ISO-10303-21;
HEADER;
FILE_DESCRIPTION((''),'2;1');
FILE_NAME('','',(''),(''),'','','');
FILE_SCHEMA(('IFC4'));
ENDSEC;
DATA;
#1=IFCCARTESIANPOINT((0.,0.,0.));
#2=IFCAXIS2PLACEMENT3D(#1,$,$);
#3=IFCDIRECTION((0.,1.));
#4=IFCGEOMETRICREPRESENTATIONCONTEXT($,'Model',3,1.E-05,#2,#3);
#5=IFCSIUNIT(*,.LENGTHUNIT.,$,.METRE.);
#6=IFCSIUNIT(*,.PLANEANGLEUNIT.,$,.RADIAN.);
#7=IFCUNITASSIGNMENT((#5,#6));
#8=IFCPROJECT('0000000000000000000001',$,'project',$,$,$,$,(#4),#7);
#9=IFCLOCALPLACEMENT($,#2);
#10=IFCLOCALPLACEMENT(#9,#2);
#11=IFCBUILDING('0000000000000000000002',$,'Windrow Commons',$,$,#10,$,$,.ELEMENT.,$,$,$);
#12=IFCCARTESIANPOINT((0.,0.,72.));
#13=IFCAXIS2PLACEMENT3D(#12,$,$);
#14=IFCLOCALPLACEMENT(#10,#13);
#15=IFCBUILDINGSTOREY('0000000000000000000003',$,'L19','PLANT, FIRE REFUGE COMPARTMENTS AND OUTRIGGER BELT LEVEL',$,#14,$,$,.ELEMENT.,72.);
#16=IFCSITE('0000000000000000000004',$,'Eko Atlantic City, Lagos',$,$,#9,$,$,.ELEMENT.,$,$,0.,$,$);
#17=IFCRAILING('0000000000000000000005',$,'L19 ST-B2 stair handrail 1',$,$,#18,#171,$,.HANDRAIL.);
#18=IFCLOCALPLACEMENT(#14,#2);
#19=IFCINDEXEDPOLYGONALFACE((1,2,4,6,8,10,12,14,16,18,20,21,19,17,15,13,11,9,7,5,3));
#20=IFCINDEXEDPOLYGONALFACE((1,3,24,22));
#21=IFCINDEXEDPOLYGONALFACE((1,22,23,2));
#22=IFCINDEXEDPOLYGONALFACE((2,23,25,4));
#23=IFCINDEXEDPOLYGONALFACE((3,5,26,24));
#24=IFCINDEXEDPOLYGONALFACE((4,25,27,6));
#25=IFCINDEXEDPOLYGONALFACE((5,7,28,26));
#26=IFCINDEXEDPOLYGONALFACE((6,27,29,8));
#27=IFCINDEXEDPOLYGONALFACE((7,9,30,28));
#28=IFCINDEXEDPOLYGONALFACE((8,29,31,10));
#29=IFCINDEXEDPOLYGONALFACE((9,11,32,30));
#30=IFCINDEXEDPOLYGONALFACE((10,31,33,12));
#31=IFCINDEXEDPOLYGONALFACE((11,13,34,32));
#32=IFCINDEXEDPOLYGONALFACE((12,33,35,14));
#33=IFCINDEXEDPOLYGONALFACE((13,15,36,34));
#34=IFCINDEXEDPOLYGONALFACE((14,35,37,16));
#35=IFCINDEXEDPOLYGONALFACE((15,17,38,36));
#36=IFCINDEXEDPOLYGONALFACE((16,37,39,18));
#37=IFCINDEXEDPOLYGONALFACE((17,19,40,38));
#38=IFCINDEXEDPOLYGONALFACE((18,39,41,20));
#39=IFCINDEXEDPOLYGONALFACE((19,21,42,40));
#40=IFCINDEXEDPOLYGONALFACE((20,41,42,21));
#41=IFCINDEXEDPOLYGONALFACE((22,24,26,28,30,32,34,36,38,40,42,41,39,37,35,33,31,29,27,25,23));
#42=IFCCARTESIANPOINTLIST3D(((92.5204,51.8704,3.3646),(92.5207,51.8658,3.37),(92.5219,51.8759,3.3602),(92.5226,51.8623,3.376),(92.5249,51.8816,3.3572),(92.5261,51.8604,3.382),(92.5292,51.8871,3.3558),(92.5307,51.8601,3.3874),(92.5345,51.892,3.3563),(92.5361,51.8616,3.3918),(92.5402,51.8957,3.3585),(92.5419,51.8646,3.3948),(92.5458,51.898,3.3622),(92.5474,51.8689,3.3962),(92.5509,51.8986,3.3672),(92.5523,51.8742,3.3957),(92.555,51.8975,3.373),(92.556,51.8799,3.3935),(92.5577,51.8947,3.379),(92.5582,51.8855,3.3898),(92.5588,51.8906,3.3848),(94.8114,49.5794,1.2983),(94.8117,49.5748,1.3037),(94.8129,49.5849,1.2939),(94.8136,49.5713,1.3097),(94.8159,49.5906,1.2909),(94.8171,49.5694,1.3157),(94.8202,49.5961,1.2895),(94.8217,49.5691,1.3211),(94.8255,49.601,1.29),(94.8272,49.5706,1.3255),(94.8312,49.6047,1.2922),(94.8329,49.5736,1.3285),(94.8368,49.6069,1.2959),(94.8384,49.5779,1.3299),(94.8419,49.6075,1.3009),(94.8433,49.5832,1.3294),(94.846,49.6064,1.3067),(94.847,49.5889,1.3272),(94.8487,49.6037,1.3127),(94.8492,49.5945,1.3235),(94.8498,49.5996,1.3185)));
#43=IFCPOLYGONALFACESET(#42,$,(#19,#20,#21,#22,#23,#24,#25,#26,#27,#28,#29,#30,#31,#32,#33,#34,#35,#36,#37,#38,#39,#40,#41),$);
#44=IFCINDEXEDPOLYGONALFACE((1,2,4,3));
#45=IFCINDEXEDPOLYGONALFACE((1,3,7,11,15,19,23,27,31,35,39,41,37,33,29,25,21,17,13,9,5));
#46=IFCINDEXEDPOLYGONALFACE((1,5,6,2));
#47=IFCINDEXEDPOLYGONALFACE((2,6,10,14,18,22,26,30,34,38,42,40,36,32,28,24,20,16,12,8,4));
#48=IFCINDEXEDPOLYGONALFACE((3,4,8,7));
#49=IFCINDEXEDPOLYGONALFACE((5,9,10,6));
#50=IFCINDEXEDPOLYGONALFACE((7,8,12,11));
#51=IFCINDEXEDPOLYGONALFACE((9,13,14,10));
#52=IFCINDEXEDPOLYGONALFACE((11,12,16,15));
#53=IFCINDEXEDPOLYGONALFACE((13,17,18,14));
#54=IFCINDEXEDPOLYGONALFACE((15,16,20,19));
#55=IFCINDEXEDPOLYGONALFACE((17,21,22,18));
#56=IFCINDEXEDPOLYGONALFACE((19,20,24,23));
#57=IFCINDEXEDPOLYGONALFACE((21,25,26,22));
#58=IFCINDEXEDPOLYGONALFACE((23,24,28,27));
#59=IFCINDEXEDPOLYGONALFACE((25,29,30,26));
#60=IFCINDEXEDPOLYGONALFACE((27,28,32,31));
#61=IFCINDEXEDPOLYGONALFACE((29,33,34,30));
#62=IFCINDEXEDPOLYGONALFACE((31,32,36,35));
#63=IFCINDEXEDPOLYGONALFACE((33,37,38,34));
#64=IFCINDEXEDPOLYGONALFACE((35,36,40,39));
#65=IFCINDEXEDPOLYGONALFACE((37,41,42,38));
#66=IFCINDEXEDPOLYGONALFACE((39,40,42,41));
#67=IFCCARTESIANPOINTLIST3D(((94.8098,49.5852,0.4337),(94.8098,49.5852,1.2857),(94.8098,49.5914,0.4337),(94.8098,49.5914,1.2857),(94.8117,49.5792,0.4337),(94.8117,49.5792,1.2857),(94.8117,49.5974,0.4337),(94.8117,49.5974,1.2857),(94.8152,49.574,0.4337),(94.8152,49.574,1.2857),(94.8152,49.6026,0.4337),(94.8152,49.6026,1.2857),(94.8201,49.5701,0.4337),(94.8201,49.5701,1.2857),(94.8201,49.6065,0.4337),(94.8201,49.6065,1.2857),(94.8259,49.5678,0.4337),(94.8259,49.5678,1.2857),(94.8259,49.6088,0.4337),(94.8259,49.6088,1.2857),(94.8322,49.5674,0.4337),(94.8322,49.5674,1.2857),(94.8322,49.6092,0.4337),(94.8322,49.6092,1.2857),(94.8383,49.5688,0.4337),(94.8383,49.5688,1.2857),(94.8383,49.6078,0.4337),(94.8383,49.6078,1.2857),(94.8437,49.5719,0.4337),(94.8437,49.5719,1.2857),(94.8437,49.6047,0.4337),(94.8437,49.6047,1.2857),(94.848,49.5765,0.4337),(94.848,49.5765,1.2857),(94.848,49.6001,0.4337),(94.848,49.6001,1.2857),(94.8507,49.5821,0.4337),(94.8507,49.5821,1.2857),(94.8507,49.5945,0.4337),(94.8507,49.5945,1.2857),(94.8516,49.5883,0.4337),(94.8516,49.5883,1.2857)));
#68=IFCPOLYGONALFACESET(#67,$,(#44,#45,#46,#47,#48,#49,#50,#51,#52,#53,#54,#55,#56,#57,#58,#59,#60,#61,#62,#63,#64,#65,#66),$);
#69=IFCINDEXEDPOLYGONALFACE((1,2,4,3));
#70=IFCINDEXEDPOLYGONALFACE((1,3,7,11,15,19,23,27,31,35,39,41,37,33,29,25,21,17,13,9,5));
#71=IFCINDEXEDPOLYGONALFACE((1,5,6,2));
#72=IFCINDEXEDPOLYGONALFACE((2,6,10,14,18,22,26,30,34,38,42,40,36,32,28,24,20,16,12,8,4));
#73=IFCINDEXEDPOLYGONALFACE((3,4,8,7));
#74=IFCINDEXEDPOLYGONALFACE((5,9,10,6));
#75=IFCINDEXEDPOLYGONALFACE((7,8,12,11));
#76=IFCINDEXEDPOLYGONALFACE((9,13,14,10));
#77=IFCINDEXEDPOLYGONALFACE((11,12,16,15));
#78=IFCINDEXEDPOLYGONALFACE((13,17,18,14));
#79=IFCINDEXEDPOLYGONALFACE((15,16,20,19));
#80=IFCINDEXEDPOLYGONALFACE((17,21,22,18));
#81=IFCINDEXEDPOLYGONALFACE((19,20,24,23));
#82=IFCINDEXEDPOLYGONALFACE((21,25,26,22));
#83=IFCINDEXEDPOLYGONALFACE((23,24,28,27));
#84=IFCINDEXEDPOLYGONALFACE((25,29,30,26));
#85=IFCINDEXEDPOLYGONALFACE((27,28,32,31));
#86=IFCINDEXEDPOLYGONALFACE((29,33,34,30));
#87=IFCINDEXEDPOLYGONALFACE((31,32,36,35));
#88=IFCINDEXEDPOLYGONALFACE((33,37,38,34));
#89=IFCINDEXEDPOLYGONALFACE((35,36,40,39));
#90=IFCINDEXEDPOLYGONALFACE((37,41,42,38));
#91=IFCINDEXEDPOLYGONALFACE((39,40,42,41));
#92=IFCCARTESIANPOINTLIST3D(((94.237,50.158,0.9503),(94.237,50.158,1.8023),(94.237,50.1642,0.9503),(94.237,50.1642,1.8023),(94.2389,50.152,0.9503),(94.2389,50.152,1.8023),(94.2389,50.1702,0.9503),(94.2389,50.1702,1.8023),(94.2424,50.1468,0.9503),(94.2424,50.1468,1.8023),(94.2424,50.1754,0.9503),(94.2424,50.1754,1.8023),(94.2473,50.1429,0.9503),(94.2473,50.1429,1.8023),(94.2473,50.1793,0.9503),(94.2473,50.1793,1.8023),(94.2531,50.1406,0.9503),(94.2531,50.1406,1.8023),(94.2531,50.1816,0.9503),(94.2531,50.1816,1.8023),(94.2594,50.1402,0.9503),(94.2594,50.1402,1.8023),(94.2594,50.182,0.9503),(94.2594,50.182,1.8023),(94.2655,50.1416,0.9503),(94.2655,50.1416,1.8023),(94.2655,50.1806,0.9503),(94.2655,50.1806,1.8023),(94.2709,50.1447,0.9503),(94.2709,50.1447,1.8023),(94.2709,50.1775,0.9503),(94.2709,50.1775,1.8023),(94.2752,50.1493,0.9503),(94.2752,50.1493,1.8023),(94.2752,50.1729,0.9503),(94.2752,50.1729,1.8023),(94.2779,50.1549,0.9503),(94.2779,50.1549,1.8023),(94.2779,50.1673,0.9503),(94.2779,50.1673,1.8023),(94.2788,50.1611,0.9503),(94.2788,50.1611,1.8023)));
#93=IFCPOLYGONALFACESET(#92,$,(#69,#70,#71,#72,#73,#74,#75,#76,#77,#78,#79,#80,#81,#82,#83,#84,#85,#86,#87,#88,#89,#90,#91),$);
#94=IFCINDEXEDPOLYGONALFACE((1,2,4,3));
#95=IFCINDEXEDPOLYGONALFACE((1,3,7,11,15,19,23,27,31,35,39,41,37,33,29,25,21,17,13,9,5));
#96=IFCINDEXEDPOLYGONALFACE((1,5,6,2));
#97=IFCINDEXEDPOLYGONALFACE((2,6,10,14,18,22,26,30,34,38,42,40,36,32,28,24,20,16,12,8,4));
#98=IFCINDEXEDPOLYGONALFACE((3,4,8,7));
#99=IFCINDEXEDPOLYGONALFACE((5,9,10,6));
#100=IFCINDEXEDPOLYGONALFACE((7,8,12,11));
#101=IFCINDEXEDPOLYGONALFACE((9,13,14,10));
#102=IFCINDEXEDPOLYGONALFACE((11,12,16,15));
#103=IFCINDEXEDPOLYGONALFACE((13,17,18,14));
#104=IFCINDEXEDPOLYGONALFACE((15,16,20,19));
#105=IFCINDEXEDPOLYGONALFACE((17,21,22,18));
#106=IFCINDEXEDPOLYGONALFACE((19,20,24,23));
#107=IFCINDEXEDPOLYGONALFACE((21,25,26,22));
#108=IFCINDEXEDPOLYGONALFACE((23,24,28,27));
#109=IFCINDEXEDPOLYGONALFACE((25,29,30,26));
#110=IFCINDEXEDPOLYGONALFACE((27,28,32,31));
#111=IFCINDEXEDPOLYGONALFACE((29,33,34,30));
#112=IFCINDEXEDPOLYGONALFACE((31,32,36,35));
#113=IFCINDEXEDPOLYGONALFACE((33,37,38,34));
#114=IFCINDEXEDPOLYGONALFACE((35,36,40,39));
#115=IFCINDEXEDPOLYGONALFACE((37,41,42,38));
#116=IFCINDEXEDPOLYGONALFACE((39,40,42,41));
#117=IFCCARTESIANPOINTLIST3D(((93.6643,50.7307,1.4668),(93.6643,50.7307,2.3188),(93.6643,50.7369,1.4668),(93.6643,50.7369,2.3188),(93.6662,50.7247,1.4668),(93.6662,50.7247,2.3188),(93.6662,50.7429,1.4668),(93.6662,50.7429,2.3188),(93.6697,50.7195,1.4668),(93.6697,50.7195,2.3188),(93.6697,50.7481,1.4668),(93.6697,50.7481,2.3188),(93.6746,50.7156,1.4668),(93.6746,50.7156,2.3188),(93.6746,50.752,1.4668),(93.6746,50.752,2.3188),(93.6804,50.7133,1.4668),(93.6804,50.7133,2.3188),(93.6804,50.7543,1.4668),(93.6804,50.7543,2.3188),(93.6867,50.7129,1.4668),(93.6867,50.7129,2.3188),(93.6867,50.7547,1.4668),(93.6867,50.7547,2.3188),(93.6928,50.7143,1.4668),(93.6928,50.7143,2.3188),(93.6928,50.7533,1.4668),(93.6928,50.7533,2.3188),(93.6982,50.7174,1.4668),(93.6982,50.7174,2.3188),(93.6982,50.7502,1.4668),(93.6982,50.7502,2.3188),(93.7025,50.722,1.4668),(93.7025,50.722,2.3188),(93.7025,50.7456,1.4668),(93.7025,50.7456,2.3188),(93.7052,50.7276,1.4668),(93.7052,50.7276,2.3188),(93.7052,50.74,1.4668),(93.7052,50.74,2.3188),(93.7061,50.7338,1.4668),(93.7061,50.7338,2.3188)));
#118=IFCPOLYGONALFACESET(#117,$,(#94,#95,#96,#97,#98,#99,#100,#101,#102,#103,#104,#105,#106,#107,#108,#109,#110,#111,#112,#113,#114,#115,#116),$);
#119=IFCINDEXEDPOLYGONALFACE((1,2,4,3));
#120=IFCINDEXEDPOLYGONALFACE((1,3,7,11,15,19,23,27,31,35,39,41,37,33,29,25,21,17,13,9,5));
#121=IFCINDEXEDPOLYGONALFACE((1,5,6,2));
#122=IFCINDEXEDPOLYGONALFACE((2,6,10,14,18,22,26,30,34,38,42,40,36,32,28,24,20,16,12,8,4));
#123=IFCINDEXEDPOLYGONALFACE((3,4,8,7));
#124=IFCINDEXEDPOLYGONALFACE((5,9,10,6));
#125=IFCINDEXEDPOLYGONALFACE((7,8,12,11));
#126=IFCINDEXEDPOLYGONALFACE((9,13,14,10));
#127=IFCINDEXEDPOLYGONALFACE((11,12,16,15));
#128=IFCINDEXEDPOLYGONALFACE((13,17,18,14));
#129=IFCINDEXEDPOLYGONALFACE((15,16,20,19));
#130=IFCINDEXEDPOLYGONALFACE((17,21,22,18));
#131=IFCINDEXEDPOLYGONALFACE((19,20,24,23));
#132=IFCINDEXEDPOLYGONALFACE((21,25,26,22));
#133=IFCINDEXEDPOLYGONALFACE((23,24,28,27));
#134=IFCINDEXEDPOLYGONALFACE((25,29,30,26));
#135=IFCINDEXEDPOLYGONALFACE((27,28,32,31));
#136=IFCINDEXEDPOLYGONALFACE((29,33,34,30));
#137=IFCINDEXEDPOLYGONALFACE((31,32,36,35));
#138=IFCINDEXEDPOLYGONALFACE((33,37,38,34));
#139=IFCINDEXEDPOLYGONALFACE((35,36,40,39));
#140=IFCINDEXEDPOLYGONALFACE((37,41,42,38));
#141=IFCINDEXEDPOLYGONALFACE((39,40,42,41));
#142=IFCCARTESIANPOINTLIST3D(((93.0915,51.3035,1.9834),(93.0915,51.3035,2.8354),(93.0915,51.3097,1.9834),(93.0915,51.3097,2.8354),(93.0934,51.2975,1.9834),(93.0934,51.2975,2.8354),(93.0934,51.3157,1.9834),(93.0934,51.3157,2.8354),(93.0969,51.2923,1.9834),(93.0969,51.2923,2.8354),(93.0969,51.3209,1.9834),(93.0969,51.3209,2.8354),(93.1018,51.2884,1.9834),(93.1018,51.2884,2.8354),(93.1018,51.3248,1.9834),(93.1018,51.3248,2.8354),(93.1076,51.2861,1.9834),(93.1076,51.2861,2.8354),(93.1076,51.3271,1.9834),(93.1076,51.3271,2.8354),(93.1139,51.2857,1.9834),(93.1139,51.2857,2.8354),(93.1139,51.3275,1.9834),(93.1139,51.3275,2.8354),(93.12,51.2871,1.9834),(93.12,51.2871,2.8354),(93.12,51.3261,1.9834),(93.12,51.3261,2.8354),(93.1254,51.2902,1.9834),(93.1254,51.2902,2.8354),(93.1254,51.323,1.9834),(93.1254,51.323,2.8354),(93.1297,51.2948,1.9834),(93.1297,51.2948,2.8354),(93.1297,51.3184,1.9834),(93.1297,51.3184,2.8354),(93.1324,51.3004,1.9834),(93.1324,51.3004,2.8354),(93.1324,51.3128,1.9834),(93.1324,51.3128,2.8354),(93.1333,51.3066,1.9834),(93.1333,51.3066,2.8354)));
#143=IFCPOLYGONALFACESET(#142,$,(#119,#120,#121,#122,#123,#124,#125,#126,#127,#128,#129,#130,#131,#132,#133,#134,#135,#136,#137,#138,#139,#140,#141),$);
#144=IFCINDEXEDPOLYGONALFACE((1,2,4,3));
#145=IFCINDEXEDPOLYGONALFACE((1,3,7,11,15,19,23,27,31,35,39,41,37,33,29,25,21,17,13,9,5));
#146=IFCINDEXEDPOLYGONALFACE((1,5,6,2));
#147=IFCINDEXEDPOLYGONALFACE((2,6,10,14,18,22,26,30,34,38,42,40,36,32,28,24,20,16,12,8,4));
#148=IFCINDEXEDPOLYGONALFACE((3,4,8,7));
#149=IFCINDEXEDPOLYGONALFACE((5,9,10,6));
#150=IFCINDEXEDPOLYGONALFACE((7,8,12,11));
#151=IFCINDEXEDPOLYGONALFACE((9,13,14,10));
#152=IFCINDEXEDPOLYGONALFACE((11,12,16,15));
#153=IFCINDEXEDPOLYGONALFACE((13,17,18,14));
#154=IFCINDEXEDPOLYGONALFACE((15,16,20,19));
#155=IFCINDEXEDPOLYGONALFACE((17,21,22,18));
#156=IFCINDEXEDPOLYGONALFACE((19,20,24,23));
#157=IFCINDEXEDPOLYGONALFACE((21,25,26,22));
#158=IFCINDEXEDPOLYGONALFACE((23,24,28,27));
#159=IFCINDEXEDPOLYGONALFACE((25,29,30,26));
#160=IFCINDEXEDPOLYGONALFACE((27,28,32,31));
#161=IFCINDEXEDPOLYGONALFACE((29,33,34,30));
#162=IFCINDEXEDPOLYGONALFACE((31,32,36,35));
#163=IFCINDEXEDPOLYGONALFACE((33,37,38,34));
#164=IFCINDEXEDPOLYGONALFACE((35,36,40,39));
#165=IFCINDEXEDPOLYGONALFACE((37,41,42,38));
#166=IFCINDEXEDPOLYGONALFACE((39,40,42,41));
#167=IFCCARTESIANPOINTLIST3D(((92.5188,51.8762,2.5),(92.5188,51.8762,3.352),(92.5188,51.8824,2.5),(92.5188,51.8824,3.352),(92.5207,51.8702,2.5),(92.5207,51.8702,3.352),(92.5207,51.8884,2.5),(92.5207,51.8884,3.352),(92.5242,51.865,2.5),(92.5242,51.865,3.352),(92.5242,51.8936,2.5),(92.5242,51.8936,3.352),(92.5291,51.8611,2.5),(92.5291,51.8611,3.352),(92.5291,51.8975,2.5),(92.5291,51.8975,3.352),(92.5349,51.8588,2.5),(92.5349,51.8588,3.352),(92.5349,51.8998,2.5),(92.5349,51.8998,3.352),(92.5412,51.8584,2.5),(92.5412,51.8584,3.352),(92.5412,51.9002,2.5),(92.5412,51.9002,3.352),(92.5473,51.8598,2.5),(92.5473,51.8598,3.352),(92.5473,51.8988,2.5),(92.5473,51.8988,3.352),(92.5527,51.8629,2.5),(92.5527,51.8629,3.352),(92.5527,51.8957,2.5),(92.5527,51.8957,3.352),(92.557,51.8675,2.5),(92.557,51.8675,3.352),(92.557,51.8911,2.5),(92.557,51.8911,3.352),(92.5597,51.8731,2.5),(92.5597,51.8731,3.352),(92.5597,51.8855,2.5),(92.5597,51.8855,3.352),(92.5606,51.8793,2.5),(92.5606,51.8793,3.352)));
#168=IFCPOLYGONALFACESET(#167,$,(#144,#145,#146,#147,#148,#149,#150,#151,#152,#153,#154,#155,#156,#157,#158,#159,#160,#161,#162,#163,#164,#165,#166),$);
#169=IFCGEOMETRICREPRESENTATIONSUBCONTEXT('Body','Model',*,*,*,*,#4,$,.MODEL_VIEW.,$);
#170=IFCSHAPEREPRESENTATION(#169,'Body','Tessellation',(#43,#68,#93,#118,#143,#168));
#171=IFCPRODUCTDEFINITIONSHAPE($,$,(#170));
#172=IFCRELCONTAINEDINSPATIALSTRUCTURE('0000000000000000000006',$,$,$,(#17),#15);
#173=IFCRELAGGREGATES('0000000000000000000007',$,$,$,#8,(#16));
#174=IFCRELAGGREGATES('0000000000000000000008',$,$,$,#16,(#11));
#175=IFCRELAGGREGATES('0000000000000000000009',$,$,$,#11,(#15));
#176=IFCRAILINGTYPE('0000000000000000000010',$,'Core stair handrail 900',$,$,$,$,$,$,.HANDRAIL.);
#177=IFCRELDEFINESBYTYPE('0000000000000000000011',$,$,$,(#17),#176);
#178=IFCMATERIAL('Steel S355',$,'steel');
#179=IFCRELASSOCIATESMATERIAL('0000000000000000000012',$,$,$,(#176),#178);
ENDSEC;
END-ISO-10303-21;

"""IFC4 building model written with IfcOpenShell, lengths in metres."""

from ifc_helpers import new_model, si_unit, direction, frame, origin, origin_2d, place, context, subcontext, project, spatial, circle, extrude, material, type_object, element, save


model = new_model("IFC4")

# Units and contexts
model_context = context("Model", 3, precision=1e-05, world=origin(), true_north=direction((0.0, 1.0)))
body_context = subcontext(model_context, "Body", "Model", "MODEL_VIEW")
ifc_project = project(units=[si_unit("LENGTHUNIT", "METRE"), si_unit("PLANEANGLEUNIT", "RADIAN")], contexts=[model_context])

# Site, building, storey
site_placement = place(None, origin())
site = spatial("IfcSite", under=ifc_project, at=site_placement, Name="Eko Atlantic City, Lagos", CompositionType="ELEMENT", RefElevation=0.0)
building_placement = place(site_placement, origin())
building = spatial("IfcBuilding", under=site, at=building_placement, Name="Windrow Commons", CompositionType="ELEMENT")
storey_placement = place(building_placement, frame((0.0, 0.0, 72.0)))
storey = spatial("IfcBuildingStorey", under=building, at=storey_placement, Name="L19", Description="PLANT, FIRE REFUGE COMPARTMENTS AND OUTRIGGER BELT LEVEL", CompositionType="ELEMENT", Elevation=72.0)

# Railing
ifc_material_1 = material(Name="Steel S355", Category="steel")
railing_type_1 = type_object("IfcRailingType", Name="Core stair handrail 900", PredefinedType="HANDRAIL", material=ifc_material_1)
railing_1_placement = place(storey_placement, frame((94.8306, 49.5883, 0.4337)))
element("IfcRailing", 1, at=railing_1_placement, inside=storey, type_object=railing_type_1, Name="L19 ST-B2 stair handrail 1", PredefinedType="HANDRAIL", context=body_context, shape_type="SweptSolid", body=[
    extrude(circle(Radius=0.024, at=origin_2d()), frame((0.0, 0.0, 0.876), z_axis=(-0.596183, 0.596183, 0.53771), x_axis=(-0.707107, -0.707107, 0.0)), (0.0, 0.0, 1.0), 3.8428),
    extrude(circle(Radius=0.021, at=origin_2d()), origin(), (0.0, 0.0, 1.0), 0.852),
    extrude(circle(Radius=0.021, at=origin_2d()), frame((-0.5728, 0.5728, 0.5166)), (0.0, 0.0, 1.0), 0.852),
    extrude(circle(Radius=0.021, at=origin_2d()), frame((-1.1455, 1.1455, 1.0331)), (0.0, 0.0, 1.0), 0.852),
    extrude(circle(Radius=0.021, at=origin_2d()), frame((-1.7183, 1.7183, 1.5497)), (0.0, 0.0, 1.0), 0.852),
    extrude(circle(Radius=0.021, at=origin_2d()), frame((-2.291, 2.291, 2.0663)), (0.0, 0.0, 1.0), 0.852),
])

save(model, "model.ifc")
